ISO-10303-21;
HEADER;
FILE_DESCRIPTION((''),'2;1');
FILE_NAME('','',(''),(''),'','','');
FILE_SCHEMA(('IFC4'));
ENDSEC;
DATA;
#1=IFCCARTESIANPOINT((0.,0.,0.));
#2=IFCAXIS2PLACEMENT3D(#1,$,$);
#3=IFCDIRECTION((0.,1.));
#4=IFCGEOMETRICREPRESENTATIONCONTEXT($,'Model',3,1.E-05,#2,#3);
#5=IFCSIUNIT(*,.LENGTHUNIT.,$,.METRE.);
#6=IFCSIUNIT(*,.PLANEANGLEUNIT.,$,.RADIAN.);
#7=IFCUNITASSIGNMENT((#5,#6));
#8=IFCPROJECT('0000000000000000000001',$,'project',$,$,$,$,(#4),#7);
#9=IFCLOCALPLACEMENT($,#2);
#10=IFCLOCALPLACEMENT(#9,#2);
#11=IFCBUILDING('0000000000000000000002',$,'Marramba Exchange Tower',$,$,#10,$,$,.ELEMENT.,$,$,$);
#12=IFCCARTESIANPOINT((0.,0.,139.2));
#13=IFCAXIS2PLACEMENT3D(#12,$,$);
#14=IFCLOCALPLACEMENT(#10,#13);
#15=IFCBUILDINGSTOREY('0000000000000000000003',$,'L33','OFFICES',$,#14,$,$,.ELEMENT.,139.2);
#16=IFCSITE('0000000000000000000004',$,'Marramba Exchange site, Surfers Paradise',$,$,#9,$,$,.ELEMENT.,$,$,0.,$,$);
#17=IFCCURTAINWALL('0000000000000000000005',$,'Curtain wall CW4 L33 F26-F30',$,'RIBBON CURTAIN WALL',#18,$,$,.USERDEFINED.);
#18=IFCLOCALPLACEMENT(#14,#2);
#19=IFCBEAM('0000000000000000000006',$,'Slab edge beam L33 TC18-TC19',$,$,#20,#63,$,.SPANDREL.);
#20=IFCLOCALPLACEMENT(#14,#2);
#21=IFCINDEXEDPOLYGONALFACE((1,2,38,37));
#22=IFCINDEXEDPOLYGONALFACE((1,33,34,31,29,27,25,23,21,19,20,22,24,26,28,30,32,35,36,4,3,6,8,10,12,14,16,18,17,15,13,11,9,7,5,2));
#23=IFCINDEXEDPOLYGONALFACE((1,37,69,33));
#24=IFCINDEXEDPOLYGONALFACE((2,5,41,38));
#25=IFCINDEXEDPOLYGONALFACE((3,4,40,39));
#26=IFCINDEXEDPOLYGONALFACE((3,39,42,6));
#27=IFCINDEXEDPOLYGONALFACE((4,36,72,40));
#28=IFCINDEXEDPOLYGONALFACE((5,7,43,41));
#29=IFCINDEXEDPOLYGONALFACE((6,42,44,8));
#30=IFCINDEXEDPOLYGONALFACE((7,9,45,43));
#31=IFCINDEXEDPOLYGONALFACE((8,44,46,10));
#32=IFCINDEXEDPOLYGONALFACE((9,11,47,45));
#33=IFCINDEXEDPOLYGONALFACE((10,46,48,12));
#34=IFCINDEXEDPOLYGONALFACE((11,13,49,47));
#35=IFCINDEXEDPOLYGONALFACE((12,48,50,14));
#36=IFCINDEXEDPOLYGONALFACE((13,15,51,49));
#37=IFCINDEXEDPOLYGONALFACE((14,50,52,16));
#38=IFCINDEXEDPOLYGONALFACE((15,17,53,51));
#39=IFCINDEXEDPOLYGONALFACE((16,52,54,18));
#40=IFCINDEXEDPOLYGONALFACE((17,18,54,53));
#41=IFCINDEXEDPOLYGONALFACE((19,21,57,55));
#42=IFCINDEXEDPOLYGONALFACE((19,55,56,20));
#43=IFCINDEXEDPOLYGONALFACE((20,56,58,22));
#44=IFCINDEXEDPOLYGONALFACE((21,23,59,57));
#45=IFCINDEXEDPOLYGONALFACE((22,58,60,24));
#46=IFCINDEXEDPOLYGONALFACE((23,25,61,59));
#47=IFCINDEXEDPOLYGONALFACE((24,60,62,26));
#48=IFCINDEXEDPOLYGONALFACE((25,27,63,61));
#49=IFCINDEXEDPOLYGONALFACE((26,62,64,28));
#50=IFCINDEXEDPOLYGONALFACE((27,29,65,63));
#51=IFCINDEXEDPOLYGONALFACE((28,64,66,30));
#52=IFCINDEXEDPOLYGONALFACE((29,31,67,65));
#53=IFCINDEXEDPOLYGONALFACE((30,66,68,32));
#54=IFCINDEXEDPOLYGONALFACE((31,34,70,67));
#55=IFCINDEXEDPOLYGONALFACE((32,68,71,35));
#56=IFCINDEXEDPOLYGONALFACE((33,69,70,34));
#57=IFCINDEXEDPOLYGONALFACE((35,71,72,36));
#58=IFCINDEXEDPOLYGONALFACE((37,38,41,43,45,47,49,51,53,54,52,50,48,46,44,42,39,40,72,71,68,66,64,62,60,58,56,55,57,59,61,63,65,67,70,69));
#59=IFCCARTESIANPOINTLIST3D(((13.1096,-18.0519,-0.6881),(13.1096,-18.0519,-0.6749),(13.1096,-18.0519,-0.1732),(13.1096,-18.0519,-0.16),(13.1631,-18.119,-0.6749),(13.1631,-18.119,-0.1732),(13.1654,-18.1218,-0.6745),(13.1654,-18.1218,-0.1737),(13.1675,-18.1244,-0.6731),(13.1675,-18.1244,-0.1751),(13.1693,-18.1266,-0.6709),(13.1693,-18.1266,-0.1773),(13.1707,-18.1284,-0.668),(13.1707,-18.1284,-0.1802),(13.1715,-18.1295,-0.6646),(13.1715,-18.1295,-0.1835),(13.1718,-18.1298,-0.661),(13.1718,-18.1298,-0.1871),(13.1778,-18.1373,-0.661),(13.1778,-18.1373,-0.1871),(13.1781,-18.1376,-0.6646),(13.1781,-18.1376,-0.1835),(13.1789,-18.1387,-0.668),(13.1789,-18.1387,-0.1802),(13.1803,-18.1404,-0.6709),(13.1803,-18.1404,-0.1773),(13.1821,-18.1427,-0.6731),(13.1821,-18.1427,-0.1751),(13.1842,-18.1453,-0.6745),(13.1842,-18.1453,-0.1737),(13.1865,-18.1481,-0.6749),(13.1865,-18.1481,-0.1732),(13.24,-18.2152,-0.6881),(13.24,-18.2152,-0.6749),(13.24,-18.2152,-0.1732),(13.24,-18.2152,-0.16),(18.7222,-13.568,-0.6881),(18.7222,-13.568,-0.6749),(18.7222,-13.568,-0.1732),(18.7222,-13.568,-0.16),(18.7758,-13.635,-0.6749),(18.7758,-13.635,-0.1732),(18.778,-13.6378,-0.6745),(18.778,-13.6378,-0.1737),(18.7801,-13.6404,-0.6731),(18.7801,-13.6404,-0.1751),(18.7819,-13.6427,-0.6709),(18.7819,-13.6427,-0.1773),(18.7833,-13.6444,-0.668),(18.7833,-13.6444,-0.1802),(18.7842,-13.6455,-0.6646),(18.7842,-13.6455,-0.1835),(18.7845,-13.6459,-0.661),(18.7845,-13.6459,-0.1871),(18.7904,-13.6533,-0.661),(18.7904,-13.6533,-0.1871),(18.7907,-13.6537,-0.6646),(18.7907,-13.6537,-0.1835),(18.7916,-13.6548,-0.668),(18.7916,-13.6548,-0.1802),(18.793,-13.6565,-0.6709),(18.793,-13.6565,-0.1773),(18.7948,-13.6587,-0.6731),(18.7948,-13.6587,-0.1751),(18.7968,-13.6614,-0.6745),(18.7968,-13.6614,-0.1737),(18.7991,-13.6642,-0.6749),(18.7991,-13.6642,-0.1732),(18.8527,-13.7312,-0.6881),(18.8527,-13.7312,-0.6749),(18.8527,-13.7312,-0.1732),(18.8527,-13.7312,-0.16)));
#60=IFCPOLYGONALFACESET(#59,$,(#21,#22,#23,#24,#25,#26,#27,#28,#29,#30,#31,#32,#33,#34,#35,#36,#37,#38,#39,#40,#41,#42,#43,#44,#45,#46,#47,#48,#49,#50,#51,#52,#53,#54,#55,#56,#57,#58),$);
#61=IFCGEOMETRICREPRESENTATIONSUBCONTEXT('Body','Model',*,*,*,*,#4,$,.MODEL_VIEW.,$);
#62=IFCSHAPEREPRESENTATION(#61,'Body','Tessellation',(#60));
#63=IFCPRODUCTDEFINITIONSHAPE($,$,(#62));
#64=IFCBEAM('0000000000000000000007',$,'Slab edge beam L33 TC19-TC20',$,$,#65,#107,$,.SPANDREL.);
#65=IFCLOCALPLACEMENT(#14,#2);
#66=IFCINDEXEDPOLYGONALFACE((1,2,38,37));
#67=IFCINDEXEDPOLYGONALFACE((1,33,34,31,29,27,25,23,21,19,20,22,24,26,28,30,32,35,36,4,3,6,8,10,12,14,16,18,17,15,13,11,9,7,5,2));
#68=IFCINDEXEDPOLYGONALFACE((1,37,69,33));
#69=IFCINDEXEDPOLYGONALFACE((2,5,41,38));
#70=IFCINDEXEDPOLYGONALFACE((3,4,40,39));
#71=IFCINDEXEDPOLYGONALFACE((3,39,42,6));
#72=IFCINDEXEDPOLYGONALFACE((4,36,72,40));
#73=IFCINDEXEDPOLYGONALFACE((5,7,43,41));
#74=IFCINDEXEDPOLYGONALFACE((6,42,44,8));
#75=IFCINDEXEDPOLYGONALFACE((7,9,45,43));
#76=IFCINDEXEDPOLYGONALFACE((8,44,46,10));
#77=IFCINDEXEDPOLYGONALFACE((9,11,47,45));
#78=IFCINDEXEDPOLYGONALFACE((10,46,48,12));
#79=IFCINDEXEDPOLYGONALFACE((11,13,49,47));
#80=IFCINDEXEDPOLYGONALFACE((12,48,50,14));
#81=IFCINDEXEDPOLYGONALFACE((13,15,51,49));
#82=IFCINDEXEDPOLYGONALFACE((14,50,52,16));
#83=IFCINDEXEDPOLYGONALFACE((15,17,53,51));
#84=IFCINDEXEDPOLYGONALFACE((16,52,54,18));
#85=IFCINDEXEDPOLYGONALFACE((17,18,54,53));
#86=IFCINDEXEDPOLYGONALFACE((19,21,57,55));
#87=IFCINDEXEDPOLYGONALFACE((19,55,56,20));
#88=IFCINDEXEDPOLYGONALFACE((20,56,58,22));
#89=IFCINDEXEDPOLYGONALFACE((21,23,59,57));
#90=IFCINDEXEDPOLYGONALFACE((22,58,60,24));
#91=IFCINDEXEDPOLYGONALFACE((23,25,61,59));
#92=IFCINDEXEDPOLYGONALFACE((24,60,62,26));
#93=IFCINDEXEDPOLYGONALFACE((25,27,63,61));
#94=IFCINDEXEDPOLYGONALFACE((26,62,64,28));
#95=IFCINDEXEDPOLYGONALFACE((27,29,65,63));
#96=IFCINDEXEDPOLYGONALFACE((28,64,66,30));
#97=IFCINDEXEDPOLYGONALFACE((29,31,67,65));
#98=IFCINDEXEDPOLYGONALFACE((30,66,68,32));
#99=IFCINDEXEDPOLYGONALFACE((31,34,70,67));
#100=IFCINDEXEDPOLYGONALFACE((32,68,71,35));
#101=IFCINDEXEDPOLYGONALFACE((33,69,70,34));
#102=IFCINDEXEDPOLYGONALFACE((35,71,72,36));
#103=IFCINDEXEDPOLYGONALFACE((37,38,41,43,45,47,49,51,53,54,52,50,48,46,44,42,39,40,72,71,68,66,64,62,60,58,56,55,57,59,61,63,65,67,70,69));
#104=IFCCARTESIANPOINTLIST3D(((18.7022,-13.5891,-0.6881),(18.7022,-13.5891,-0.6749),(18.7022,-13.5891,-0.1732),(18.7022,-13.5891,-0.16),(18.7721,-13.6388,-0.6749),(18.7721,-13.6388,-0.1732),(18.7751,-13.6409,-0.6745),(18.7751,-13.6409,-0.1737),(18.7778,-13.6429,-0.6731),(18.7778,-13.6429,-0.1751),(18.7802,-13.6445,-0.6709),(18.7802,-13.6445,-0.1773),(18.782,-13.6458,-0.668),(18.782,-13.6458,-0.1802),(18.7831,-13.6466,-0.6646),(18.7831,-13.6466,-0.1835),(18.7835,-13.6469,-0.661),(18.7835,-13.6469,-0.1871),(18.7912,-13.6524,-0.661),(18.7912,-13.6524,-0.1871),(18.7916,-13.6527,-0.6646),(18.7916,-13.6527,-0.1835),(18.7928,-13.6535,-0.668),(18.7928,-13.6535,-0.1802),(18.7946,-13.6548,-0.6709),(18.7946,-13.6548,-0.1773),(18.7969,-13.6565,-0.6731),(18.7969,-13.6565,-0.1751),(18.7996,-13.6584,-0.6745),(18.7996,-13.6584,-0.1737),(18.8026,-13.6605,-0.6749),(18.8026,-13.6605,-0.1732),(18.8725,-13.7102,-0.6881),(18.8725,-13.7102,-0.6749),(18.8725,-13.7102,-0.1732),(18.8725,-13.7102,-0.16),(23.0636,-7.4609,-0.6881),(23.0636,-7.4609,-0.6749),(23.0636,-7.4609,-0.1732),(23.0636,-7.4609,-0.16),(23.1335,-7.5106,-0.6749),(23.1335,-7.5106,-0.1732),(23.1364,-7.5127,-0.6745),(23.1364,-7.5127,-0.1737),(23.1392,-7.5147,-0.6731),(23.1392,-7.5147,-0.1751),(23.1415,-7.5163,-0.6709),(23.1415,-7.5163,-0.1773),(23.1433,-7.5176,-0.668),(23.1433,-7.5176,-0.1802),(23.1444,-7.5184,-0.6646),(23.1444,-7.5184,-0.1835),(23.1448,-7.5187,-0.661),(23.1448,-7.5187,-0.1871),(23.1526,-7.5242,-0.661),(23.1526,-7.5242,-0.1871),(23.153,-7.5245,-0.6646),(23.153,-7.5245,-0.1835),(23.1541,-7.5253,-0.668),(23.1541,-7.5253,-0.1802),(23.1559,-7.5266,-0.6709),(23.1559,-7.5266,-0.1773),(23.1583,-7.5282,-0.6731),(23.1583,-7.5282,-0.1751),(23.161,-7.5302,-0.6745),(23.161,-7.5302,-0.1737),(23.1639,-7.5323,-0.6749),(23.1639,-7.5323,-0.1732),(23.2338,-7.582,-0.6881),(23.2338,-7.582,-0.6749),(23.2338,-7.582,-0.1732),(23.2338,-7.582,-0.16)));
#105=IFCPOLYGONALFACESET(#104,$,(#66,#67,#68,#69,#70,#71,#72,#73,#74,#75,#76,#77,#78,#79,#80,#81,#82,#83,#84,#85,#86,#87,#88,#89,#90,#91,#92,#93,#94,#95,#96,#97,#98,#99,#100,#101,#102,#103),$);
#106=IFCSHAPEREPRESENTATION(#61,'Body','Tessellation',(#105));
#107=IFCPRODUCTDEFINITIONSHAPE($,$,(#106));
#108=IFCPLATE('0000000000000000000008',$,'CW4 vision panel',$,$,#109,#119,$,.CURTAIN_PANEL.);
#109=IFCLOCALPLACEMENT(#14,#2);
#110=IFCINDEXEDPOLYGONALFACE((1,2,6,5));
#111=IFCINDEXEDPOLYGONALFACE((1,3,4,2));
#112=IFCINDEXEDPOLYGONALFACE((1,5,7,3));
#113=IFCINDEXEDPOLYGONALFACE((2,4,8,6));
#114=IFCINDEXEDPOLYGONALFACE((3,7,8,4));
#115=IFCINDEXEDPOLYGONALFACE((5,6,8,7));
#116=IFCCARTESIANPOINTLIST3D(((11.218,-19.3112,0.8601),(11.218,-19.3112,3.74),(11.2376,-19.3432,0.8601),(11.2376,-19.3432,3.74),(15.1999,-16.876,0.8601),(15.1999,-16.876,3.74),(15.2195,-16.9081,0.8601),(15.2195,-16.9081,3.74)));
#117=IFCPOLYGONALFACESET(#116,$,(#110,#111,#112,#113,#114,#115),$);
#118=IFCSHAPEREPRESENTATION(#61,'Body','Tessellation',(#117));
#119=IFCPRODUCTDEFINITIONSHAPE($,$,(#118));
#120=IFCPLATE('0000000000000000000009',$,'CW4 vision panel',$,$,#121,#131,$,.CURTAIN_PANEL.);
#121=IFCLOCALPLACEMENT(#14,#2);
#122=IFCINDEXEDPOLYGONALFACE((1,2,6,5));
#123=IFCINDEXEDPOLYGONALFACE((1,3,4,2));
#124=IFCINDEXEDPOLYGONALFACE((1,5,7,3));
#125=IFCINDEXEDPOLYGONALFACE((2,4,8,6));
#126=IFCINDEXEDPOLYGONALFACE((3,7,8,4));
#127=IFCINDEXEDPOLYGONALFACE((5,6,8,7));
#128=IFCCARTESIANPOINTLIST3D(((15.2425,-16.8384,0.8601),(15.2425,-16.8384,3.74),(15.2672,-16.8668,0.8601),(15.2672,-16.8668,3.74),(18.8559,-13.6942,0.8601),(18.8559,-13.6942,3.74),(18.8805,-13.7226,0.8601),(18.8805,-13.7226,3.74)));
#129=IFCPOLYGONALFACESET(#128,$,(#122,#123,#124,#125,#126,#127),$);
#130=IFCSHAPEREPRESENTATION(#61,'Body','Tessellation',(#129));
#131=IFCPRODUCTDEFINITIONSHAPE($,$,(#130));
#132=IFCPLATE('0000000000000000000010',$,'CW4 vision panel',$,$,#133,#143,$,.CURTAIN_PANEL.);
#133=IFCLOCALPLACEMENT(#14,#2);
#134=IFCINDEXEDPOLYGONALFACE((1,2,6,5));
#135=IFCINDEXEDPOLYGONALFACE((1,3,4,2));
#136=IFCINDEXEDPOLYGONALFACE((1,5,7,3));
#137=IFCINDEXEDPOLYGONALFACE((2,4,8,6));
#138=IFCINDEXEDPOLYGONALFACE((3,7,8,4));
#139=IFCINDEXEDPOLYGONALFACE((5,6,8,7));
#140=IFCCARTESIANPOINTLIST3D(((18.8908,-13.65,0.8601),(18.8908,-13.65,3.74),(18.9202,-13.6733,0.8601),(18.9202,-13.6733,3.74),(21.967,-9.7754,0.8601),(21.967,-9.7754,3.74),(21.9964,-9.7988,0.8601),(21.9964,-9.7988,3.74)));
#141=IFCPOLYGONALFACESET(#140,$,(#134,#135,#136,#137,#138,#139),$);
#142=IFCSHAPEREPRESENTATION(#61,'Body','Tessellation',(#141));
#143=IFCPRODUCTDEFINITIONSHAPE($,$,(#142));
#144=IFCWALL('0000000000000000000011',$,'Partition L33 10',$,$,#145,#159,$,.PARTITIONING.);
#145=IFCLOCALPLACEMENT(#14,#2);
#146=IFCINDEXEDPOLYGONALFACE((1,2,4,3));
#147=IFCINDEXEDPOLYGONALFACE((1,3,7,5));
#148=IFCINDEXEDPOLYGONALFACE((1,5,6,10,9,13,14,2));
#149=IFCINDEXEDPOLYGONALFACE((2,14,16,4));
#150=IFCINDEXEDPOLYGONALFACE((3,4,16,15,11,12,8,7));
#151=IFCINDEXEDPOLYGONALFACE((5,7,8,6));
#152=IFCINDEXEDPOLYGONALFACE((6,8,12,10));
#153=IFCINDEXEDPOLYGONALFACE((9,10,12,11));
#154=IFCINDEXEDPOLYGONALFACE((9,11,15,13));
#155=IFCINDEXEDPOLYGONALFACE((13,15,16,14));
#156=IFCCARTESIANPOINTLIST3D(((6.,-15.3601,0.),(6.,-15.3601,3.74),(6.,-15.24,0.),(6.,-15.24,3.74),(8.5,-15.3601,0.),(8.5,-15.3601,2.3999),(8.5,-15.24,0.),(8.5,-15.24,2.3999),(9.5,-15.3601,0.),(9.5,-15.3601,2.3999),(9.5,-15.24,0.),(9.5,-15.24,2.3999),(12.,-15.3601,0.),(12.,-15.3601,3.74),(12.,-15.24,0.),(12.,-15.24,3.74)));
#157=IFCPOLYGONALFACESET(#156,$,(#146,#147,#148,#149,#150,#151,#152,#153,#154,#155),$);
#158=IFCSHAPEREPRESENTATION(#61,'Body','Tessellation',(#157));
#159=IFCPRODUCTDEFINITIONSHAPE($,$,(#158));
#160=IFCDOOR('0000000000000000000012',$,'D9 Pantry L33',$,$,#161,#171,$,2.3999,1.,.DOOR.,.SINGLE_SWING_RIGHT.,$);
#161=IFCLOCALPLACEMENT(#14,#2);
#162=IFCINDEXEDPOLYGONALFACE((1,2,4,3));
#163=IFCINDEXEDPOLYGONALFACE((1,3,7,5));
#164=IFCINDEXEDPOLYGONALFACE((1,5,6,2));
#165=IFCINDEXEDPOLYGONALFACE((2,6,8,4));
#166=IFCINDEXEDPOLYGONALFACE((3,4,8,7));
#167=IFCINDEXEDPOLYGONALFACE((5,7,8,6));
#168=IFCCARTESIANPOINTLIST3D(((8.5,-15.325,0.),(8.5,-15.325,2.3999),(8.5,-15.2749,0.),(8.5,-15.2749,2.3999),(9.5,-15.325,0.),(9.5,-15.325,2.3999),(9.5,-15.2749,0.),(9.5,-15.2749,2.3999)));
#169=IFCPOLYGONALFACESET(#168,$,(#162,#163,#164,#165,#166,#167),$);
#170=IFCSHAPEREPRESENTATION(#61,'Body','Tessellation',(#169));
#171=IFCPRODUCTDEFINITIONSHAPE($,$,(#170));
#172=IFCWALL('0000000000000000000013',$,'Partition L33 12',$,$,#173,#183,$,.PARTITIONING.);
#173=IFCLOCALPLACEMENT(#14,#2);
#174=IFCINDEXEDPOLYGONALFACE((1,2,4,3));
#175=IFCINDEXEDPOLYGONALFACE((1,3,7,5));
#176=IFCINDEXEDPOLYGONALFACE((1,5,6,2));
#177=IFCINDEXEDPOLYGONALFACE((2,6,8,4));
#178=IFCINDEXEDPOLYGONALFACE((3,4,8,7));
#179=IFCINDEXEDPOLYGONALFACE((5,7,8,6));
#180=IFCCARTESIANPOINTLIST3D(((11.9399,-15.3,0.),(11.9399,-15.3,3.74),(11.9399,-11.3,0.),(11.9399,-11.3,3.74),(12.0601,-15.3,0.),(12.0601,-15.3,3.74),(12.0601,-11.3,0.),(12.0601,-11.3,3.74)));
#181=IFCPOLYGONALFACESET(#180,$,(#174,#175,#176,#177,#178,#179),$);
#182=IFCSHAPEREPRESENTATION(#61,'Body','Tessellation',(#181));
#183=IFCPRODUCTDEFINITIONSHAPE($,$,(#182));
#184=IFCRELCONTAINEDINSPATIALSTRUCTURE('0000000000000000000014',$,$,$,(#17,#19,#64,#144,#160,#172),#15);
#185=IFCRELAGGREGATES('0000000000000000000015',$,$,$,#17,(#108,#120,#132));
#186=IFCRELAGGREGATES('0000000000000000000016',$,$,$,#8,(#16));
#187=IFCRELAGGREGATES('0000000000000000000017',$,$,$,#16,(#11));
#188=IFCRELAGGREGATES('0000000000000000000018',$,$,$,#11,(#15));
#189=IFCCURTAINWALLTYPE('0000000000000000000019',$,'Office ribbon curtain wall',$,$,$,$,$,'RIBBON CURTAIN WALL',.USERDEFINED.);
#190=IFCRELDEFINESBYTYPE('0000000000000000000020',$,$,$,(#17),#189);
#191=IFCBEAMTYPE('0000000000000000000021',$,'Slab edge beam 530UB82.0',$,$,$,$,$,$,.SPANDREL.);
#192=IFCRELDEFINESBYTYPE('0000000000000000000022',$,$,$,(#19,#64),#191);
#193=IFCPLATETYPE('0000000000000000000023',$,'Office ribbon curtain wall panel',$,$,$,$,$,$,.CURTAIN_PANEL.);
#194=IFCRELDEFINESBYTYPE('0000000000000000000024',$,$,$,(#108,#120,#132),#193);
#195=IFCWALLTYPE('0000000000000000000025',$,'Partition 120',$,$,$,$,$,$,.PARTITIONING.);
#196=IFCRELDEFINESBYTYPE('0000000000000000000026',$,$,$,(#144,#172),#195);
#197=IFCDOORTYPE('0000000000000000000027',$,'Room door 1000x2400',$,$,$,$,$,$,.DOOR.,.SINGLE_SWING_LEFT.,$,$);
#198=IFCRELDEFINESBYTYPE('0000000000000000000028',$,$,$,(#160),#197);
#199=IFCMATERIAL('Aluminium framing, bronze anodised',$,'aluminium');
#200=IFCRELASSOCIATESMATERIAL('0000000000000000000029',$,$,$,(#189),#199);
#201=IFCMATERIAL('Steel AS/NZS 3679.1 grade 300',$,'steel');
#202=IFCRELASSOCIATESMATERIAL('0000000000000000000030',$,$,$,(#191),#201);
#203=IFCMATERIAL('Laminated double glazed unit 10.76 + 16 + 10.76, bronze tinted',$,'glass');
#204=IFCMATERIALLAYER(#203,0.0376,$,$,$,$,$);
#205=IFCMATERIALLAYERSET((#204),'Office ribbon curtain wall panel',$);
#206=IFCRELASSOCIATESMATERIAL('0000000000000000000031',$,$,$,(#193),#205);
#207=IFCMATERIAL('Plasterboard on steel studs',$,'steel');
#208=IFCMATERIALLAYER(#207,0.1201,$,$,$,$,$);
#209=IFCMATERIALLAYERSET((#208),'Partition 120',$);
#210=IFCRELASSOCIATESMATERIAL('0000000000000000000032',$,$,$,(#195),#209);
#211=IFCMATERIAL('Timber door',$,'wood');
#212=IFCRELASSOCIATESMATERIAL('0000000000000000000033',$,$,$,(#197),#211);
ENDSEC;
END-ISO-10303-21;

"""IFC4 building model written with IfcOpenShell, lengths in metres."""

from ifc_helpers import new_model, si_unit, direction, frame, frame_2d, origin, origin_2d, place, context, subcontext, project, spatial, rectangle, i_section, extrude, material, layer, layer_set, material_profile, profile_set, type_object, element, fill, aggregate, save


model = new_model("IFC4")

# Units and contexts
model_context = context("Model", 3, precision=1e-05, world=origin(), true_north=direction((0.0, 1.0)))
body_context = subcontext(model_context, "Body", "Model", "MODEL_VIEW")
ifc_project = project(units=[si_unit("LENGTHUNIT", "METRE"), si_unit("PLANEANGLEUNIT", "RADIAN")], contexts=[model_context])

# Site, building, storey
site_placement = place(None, origin())
site = spatial("IfcSite", under=ifc_project, at=site_placement, Name="Marramba Exchange site, Surfers Paradise", CompositionType="ELEMENT", RefElevation=0.0)
building_placement = place(site_placement, origin())
building = spatial("IfcBuilding", under=site, at=building_placement, Name="Marramba Exchange Tower", CompositionType="ELEMENT")
storey_placement = place(building_placement, frame((0.0, 0.0, 139.2)))
storey = spatial("IfcBuildingStorey", under=building, at=storey_placement, Name="L33", Description="OFFICES", CompositionType="ELEMENT", Elevation=139.2)

# Curtain wall
ifc_material_1 = material(Name="Aluminium framing, bronze anodised", Category="aluminium")
curtain_wall_type = type_object("IfcCurtainWallType", Name="Office ribbon curtain wall", ElementType="RIBBON CURTAIN WALL", PredefinedType="USERDEFINED", material=ifc_material_1)
curtain_wall_placement = place(storey_placement, origin())
curtain_wall = element("IfcCurtainWall", 1, at=curtain_wall_placement, inside=storey, type_object=curtain_wall_type, Name="Curtain wall CW4 L33 F26-F30", ObjectType="RIBBON CURTAIN WALL", PredefinedType="USERDEFINED")

# Beams
ifc_material_2 = material(Name="Steel AS/NZS 3679.1 grade 300", Category="steel")
ifc_material_profile_1 = material_profile(ifc_material_2, i_section(OverallWidth=0.209, OverallDepth=0.5281, WebThickness=0.0095, FlangeThickness=0.0132, FilletRadius=0.0139, at=origin_2d()), Name="530UB82.0")
ifc_profile_set_1 = profile_set([ifc_material_profile_1], Name="Steel AS/NZS 3679.1 grade 300")
beam_type_1 = type_object("IfcBeamType", Name="Slab edge beam 530UB82.0", PredefinedType="SPANDREL", material=ifc_profile_set_1)
beam_1_placement = place(storey_placement, frame((13.1748, -18.1335, -0.4241), z_axis=(0.781286, 0.624173, 0.0), x_axis=(-0.624173, 0.781286, 0.0)))
element("IfcBeam", 2, at=beam_1_placement, inside=storey, type_object=beam_type_1, Name="Slab edge beam L33 TC18-TC19", PredefinedType="SPANDREL", context=body_context, shape_type="SweptSolid", body=[
    extrude(i_section(OverallWidth=0.209, OverallDepth=0.5281, WebThickness=0.0095, FlangeThickness=0.0132, FilletRadius=0.0139, at=origin_2d()), origin(), (0.0, 0.0, 1.0), 7.1838),
])
beam_2_placement = place(storey_placement, frame((18.7874, -13.6497, -0.4241), z_axis=(0.579834, 0.814735, 0.0), x_axis=(-0.814735, 0.579834, 0.0)))
element("IfcBeam", 3, at=beam_2_placement, inside=storey, type_object=beam_type_1, Name="Slab edge beam L33 TC19-TC20", PredefinedType="SPANDREL", context=body_context, shape_type="SweptSolid", body=[
    extrude(i_section(OverallWidth=0.209, OverallDepth=0.5281, WebThickness=0.0095, FlangeThickness=0.0132, FilletRadius=0.0139, at=origin_2d()), origin(), (0.0, 0.0, 1.0), 7.5217),
])

# Plates
ifc_material_3 = material(Name="Laminated double glazed unit 10.76 + 16 + 10.76, bronze tinted", Category="glass")
ifc_layer_1 = layer(ifc_material_3, 0.0376)
ifc_layer_set_1 = layer_set([ifc_layer_1], Name="Office ribbon curtain wall panel")
plate_type = type_object("IfcPlateType", Name="Office ribbon curtain wall panel", PredefinedType="CURTAIN_PANEL", material=ifc_layer_set_1)
plate_1_placement = place(storey_placement, frame((13.2188, -18.1096, 0.8601), z_axis=(0.0, 0.0, 1.0), x_axis=(0.853109, 0.521733, 0.0)))
plate_1 = element("IfcPlate", 4, at=plate_1_placement, type_object=plate_type, Name="CW4 vision panel", PredefinedType="CURTAIN_PANEL", context=body_context, shape_type="SweptSolid", body=[
    extrude(rectangle(XDim=4.6675, YDim=0.0376, at=origin_2d()), origin(), (0.0, 0.0, 1.0), 2.8799),
])
plate_2_placement = place(storey_placement, frame((17.0615, -15.2805, 0.8601), z_axis=(0.0, 0.0, 1.0), x_axis=(0.754386, 0.656432, 0.0)))
plate_2 = element("IfcPlate", 5, at=plate_2_placement, type_object=plate_type, Name="CW4 vision panel", PredefinedType="CURTAIN_PANEL", context=body_context, shape_type="SweptSolid", body=[
    extrude(rectangle(XDim=4.7898, YDim=0.0376, at=origin_2d()), origin(), (0.0, 0.0, 1.0), 2.8799),
])
plate_3_placement = place(storey_placement, frame((20.4436, -11.7244, 0.8601), z_axis=(0.0, 0.0, 1.0), x_axis=(0.621807, 0.78317, 0.0)))
plate_3 = element("IfcPlate", 6, at=plate_3_placement, type_object=plate_type, Name="CW4 vision panel", PredefinedType="CURTAIN_PANEL", context=body_context, shape_type="SweptSolid", body=[
    extrude(rectangle(XDim=4.9473, YDim=0.0376, at=origin_2d()), origin(), (0.0, 0.0, 1.0), 2.8799),
])
aggregate(curtain_wall, [plate_1, plate_2, plate_3])

# Wall, opening, door
ifc_material_4 = material(Name="Plasterboard on steel studs", Category="steel")
ifc_layer_2 = layer(ifc_material_4, 0.1201)
ifc_layer_set_2 = layer_set([ifc_layer_2], Name="Partition 120")
wall_type = type_object("IfcWallType", Name="Partition 120", PredefinedType="PARTITIONING", material=ifc_layer_set_2)
wall_1_placement = place(storey_placement, frame((12.0, -15.3, 0.0), z_axis=(0.0, 0.0, 1.0), x_axis=(-1.0, 0.0, 0.0)))
wall_1 = element("IfcWall", 7, at=wall_1_placement, inside=storey, type_object=wall_type, Name="Partition L33 10", PredefinedType="PARTITIONING", context=body_context, shape_type="SweptSolid", body=[
    extrude(rectangle(XDim=6.0, YDim=0.1201, at=frame_2d((3.0, 0.0))), origin(), (0.0, 0.0, 1.0), 3.74),
])
opening_placement = place(wall_1_placement, frame((2.5, 0.0, 0.0)))
opening = element("IfcOpeningElement", 8, at=opening_placement, cuts=wall_1, PredefinedType="OPENING", context=body_context, shape_type="SweptSolid", body=[
    extrude(rectangle(XDim=1.0, YDim=2.3999, at=frame_2d((0.5, 1.2))), frame((0.0, 0.0701, 0.0), z_axis=(0.0, -1.0, 0.0), x_axis=(1.0, 0.0, 0.0)), (0.0, 0.0, 1.0), 0.1401),
])
ifc_material_5 = material(Name="Timber door", Category="wood")
door_type = type_object("IfcDoorType", Name="Room door 1000x2400", OperationType="SINGLE_SWING_LEFT", PredefinedType="DOOR", material=ifc_material_5)
door_placement = place(opening_placement, frame((1.0, 0.0, 0.0), z_axis=(0.0, 0.0, 1.0), x_axis=(-1.0, 0.0, 0.0)))
door = element("IfcDoor", 9, at=door_placement, inside=storey, type_object=door_type, Name="D9 Pantry L33", OperationType="SINGLE_SWING_RIGHT", OverallHeight=2.3999, OverallWidth=1.0, PredefinedType="DOOR", context=body_context, shape_type="SweptSolid", body=[
    extrude(rectangle(XDim=1.0, YDim=2.3999, at=frame_2d((0.5, 1.2))), frame((0.0, 0.0251, 0.0), z_axis=(0.0, -1.0, 0.0), x_axis=(1.0, 0.0, 0.0)), (0.0, 0.0, 1.0), 0.05),
])
fill(opening, door)

# Wall
wall_2_placement = place(storey_placement, frame((12.0, -11.3, 0.0), z_axis=(0.0, 0.0, 1.0), x_axis=(0.0, -1.0, 0.0)))
element("IfcWall", 10, at=wall_2_placement, inside=storey, type_object=wall_type, Name="Partition L33 12", PredefinedType="PARTITIONING", context=body_context, shape_type="SweptSolid", body=[
    extrude(rectangle(XDim=4.0, YDim=0.1201, at=frame_2d((2.0, 0.0))), origin(), (0.0, 0.0, 1.0), 3.74),
])

save(model, "model.ifc")
